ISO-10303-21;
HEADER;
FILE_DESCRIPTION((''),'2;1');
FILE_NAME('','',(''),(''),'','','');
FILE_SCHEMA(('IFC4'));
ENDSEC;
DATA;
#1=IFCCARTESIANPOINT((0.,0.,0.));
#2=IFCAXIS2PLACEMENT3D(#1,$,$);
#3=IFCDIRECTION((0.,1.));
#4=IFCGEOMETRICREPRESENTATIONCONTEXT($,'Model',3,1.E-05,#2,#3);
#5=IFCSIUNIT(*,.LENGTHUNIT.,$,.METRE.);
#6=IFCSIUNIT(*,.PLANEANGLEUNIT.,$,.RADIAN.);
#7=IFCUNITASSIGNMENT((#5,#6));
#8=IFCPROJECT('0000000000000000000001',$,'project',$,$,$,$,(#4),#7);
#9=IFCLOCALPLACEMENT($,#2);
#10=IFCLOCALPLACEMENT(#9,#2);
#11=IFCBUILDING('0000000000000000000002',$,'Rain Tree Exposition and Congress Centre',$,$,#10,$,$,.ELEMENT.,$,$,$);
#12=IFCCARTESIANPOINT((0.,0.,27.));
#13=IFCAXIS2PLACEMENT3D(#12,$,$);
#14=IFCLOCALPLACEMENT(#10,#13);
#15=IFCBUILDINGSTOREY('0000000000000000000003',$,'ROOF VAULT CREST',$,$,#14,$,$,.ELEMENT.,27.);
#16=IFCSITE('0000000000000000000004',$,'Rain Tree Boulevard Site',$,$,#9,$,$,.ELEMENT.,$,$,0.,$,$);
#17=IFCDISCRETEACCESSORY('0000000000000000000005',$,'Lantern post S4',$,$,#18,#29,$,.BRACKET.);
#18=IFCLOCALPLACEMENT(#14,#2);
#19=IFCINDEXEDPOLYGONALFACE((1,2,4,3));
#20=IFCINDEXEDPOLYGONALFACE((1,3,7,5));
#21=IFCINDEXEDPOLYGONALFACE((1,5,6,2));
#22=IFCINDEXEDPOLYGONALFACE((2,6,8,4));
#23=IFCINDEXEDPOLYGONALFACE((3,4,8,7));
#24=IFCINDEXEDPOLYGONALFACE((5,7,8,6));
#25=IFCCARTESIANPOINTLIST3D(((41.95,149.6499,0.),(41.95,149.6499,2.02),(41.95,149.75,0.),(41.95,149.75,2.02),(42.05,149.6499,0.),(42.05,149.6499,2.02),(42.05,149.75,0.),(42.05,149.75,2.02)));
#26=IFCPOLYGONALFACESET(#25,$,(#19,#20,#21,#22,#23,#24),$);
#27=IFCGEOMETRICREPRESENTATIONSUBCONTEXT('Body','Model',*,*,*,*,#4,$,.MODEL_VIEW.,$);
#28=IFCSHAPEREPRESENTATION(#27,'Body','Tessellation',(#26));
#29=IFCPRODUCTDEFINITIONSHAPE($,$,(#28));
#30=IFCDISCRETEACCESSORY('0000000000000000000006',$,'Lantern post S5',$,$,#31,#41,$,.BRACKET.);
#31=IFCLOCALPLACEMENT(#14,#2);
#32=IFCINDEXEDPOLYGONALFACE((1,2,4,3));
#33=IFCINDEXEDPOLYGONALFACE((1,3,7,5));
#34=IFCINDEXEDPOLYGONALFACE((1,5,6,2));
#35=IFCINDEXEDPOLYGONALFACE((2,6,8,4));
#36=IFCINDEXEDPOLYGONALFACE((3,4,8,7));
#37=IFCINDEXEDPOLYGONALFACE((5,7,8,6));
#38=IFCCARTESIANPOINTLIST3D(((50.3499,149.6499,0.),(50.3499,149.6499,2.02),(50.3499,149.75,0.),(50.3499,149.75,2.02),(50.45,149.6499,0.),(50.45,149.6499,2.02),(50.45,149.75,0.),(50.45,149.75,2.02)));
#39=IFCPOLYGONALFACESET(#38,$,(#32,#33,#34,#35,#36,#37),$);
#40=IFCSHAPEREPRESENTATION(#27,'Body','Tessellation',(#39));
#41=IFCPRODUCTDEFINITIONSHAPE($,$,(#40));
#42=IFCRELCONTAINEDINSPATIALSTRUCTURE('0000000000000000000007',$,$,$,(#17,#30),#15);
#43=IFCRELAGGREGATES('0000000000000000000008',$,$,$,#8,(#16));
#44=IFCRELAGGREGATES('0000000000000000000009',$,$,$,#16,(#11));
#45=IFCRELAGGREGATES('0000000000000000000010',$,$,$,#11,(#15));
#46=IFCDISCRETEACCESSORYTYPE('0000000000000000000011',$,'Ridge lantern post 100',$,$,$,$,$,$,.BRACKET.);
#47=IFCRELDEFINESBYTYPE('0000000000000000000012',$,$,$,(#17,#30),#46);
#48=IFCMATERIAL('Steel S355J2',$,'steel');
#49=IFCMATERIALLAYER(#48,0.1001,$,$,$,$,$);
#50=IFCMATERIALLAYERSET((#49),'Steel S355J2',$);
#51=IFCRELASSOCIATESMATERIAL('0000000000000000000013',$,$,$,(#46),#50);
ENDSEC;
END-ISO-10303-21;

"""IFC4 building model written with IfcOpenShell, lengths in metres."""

from ifc_helpers import new_model, si_unit, direction, frame, origin, origin_2d, place, context, subcontext, project, spatial, rectangle, extrude, material, layer, layer_set, type_object, element, save


model = new_model("IFC4")

# Units and contexts
model_context = context("Model", 3, precision=1e-05, world=origin(), true_north=direction((0.0, 1.0)))
body_context = subcontext(model_context, "Body", "Model", "MODEL_VIEW")
ifc_project = project(units=[si_unit("LENGTHUNIT", "METRE"), si_unit("PLANEANGLEUNIT", "RADIAN")], contexts=[model_context])

# Site, building, storey
site_placement = place(None, origin())
site = spatial("IfcSite", under=ifc_project, at=site_placement, Name="Rain Tree Boulevard Site", CompositionType="ELEMENT", RefElevation=0.0)
building_placement = place(site_placement, origin())
building = spatial("IfcBuilding", under=site, at=building_placement, Name="Rain Tree Exposition and Congress Centre", CompositionType="ELEMENT")
storey_placement = place(building_placement, frame((0.0, 0.0, 27.0)))
storey = spatial("IfcBuildingStorey", under=building, at=storey_placement, Name="ROOF VAULT CREST", CompositionType="ELEMENT", Elevation=27.0)

# Discrete accessories
ifc_material_1 = material(Name="Steel S355J2", Category="steel")
ifc_layer_1 = layer(ifc_material_1, 0.1001)
ifc_layer_set_1 = layer_set([ifc_layer_1], Name="Steel S355J2")
discrete_accessory_type = type_object("IfcDiscreteAccessoryType", Name="Ridge lantern post 100", PredefinedType="BRACKET", material=ifc_layer_set_1)
for number, where, z_axis, x_axis, name in (
    (1, (42.0, 149.7, 0.0), (0.0, 0.0, 1.0), (1.0, 0.0, 0.0), "Lantern post S4"),
    (2, (50.3999, 149.7, 0.0), (0.0, 0.0, 1.0), (1.0, 0.0, 0.0), "Lantern post S5"),
):
    element("IfcDiscreteAccessory", number, at=place(storey_placement, frame(where, z_axis=z_axis, x_axis=x_axis)), inside=storey, type_object=discrete_accessory_type, Name=name, PredefinedType="BRACKET", context=body_context, shape_type="SweptSolid", body=[
        extrude(rectangle(XDim=0.1001, YDim=0.1001, at=origin_2d()), origin(), (0.0, 0.0, 1.0), 2.02),
    ])

save(model, "model.ifc")
